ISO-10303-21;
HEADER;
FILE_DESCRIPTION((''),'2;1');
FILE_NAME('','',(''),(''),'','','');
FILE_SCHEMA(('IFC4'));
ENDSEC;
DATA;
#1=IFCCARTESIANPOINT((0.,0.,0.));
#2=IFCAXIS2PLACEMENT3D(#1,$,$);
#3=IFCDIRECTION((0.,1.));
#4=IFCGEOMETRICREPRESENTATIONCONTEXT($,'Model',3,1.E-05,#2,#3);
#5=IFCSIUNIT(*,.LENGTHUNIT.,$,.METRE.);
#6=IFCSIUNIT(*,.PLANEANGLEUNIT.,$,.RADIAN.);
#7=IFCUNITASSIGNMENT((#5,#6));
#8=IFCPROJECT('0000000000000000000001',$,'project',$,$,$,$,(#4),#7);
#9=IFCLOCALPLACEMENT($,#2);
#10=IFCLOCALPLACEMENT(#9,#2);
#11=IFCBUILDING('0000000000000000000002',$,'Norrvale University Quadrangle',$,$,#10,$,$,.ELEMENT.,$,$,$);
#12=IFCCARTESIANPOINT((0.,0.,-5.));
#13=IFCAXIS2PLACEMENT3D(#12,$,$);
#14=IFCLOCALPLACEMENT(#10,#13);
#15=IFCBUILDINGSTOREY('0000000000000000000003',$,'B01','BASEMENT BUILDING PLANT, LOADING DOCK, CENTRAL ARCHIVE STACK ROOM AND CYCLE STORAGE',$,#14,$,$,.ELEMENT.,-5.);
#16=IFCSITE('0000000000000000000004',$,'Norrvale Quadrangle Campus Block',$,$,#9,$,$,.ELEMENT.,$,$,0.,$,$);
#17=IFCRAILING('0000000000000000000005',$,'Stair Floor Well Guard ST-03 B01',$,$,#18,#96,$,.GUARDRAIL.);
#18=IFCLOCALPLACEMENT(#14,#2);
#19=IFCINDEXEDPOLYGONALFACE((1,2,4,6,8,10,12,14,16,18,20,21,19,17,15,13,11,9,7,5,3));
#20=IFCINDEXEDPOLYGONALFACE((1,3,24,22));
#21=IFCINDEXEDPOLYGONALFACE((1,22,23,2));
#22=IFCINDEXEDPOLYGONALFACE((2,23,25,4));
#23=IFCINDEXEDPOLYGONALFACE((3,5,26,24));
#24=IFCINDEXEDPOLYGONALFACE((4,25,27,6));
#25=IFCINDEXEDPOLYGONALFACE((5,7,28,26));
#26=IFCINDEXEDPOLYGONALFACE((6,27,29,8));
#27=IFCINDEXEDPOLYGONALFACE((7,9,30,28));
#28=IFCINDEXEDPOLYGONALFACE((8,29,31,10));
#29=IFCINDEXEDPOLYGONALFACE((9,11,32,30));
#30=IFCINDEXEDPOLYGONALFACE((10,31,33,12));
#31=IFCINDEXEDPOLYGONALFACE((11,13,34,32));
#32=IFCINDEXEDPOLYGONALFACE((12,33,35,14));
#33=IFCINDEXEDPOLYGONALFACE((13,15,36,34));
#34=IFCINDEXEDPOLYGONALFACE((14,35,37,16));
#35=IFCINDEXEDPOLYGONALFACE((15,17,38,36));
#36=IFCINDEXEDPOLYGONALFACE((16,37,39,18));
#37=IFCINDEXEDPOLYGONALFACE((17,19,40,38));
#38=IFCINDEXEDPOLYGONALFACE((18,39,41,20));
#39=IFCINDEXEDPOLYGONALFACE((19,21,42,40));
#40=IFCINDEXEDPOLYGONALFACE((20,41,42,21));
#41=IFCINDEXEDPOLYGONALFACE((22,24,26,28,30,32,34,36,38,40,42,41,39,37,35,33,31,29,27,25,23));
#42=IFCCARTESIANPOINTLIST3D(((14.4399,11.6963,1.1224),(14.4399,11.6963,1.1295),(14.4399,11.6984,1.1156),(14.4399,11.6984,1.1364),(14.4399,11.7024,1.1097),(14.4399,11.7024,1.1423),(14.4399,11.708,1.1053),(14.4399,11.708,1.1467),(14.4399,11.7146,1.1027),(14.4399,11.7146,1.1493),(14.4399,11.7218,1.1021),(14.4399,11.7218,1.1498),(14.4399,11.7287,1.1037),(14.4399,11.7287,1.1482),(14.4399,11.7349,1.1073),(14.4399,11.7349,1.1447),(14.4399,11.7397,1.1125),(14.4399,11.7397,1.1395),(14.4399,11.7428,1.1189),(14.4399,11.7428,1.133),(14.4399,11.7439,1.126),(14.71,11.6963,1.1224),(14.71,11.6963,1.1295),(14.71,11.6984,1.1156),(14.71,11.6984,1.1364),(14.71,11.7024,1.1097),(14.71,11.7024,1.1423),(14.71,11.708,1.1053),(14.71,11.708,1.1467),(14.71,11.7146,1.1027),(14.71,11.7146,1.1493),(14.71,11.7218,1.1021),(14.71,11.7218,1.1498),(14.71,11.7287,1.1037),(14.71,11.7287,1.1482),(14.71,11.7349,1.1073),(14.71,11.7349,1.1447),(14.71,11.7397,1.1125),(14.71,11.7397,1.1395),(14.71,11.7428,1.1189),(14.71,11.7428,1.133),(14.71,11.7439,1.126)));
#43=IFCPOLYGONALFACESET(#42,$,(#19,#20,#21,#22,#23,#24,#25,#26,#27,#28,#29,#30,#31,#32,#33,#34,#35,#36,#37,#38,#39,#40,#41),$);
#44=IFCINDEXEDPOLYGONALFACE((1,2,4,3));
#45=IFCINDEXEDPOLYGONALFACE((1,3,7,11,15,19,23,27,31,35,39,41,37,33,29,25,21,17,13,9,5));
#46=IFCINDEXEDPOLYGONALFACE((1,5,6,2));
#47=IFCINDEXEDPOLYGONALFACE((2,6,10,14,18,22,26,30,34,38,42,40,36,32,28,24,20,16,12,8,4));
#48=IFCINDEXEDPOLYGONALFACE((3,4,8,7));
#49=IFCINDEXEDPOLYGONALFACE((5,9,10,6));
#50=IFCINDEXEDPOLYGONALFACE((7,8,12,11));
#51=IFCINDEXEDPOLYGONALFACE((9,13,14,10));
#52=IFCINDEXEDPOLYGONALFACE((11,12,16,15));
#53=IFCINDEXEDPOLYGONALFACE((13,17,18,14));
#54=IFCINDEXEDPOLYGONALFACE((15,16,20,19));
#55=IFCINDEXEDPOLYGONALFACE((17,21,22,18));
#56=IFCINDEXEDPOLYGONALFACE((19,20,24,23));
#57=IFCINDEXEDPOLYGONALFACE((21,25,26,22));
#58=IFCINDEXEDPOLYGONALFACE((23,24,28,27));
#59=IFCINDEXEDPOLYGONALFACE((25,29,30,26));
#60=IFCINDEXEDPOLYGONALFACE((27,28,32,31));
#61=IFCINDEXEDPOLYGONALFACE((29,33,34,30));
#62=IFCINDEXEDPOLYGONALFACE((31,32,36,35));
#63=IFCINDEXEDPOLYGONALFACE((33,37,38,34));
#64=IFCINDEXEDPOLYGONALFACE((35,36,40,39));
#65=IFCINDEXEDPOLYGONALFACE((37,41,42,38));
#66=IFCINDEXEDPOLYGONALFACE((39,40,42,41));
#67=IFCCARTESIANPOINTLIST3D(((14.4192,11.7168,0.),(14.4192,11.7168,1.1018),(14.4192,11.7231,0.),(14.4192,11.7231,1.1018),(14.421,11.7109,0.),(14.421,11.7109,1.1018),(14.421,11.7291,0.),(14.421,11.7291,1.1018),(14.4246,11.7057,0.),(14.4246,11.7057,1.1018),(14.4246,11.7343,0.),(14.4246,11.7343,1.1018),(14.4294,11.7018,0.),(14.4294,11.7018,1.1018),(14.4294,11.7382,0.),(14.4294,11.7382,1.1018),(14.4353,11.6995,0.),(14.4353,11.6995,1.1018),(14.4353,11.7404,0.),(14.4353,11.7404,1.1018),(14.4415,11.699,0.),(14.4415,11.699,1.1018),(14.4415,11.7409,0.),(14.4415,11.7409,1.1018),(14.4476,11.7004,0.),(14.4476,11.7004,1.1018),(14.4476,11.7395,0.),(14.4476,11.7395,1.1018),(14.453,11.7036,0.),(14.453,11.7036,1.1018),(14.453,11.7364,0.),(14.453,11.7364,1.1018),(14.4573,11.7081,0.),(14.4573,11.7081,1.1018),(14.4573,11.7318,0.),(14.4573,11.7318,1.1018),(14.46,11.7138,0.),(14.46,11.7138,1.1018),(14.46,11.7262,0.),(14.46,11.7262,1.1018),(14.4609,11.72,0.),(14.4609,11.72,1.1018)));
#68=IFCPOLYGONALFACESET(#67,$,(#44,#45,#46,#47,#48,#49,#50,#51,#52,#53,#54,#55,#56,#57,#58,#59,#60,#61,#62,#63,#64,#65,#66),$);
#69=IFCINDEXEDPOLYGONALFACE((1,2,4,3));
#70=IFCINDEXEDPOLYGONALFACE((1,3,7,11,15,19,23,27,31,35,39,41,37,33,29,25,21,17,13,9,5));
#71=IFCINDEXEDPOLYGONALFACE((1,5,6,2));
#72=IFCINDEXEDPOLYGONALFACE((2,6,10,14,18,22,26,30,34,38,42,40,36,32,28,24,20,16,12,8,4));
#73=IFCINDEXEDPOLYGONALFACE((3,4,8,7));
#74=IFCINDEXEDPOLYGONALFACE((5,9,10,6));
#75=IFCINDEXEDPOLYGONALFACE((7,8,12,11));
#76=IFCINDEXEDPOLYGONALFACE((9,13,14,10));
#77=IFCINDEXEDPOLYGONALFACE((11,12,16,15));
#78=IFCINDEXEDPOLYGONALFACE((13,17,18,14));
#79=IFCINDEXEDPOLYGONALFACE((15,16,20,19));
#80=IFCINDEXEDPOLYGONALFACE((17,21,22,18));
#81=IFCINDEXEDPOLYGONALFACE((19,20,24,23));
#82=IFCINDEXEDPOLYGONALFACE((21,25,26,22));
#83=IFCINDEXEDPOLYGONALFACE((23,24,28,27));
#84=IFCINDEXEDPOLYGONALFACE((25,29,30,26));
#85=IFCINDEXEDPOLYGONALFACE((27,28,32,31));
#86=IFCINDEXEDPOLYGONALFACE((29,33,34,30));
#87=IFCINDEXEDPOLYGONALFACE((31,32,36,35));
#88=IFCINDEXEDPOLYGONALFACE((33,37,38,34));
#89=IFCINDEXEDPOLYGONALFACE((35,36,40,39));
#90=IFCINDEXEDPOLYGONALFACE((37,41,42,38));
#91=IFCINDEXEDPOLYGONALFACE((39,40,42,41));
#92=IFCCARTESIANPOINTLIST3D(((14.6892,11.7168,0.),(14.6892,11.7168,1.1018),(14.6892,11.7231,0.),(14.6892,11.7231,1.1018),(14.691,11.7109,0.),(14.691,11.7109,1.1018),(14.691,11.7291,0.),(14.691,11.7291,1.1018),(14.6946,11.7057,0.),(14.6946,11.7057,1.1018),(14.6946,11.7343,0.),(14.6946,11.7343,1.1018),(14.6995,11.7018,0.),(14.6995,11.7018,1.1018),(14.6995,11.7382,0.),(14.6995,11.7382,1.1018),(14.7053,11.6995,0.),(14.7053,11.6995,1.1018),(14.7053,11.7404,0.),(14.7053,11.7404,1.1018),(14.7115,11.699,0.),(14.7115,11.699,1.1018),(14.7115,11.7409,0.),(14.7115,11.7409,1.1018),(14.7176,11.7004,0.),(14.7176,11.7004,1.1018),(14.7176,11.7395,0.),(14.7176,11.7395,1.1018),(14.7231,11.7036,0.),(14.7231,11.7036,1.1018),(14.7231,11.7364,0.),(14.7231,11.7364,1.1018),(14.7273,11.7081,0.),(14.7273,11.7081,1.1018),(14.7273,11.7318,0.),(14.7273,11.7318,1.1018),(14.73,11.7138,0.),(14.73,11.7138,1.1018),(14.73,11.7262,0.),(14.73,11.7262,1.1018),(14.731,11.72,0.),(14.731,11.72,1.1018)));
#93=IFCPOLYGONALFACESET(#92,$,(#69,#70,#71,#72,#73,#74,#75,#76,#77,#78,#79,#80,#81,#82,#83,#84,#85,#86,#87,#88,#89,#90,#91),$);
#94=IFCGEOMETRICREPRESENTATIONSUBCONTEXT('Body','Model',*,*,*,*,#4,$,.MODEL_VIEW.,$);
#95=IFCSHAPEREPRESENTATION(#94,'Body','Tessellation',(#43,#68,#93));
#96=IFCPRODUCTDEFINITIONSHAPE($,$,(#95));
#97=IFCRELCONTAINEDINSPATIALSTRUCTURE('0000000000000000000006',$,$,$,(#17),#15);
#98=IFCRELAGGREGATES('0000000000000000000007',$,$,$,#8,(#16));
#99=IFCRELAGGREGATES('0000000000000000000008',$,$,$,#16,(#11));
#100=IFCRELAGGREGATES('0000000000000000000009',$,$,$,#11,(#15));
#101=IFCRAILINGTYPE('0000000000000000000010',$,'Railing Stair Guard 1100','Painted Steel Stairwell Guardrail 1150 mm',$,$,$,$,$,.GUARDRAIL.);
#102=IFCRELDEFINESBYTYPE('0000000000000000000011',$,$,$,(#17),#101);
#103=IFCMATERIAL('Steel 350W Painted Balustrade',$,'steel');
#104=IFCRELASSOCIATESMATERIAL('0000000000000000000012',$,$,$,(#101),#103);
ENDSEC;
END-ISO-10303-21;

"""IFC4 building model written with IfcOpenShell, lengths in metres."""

from ifc_helpers import new_model, si_unit, direction, frame, origin, origin_2d, place, context, subcontext, project, spatial, circle, extrude, material, type_object, element, save


model = new_model("IFC4")

# Units and contexts
model_context = context("Model", 3, precision=1e-05, world=origin(), true_north=direction((0.0, 1.0)))
body_context = subcontext(model_context, "Body", "Model", "MODEL_VIEW")
ifc_project = project(units=[si_unit("LENGTHUNIT", "METRE"), si_unit("PLANEANGLEUNIT", "RADIAN")], contexts=[model_context])

# Site, building, storey
site_placement = place(None, origin())
site = spatial("IfcSite", under=ifc_project, at=site_placement, Name="Norrvale Quadrangle Campus Block", CompositionType="ELEMENT", RefElevation=0.0)
building_placement = place(site_placement, origin())
building = spatial("IfcBuilding", under=site, at=building_placement, Name="Norrvale University Quadrangle", CompositionType="ELEMENT")
storey_placement = place(building_placement, frame((0.0, 0.0, -5.0)))
storey = spatial("IfcBuildingStorey", under=building, at=storey_placement, Name="B01", Description="BASEMENT BUILDING PLANT, LOADING DOCK, CENTRAL ARCHIVE STACK ROOM AND CYCLE STORAGE", CompositionType="ELEMENT", Elevation=-5.0)

# Railing
ifc_material_1 = material(Name="Steel 350W Painted Balustrade", Category="steel")
railing_type_1 = type_object("IfcRailingType", Name="Railing Stair Guard 1100", Description="Painted Steel Stairwell Guardrail 1150 mm", PredefinedType="GUARDRAIL", material=ifc_material_1)
railing_1_placement = place(storey_placement, frame((14.4399, 11.72, 0.0)))
element("IfcRailing", 1, at=railing_1_placement, inside=storey, type_object=railing_type_1, Name="Stair Floor Well Guard ST-03 B01", PredefinedType="GUARDRAIL", context=body_context, shape_type="SweptSolid", body=[
    extrude(circle(Radius=0.0239, at=origin_2d()), frame((0.0, 0.0, 1.126), z_axis=(1.0, 0.0, 0.0), x_axis=(0.0, 1.0, 0.0)), (0.0, 0.0, 1.0), 0.27),
    extrude(circle(Radius=0.021, at=origin_2d()), origin(), (0.0, 0.0, 1.0), 1.1018),
    extrude(circle(Radius=0.021, at=origin_2d()), frame((0.27, 0.0, 0.0)), (0.0, 0.0, 1.0), 1.1018),
])

save(model, "model.ifc")
